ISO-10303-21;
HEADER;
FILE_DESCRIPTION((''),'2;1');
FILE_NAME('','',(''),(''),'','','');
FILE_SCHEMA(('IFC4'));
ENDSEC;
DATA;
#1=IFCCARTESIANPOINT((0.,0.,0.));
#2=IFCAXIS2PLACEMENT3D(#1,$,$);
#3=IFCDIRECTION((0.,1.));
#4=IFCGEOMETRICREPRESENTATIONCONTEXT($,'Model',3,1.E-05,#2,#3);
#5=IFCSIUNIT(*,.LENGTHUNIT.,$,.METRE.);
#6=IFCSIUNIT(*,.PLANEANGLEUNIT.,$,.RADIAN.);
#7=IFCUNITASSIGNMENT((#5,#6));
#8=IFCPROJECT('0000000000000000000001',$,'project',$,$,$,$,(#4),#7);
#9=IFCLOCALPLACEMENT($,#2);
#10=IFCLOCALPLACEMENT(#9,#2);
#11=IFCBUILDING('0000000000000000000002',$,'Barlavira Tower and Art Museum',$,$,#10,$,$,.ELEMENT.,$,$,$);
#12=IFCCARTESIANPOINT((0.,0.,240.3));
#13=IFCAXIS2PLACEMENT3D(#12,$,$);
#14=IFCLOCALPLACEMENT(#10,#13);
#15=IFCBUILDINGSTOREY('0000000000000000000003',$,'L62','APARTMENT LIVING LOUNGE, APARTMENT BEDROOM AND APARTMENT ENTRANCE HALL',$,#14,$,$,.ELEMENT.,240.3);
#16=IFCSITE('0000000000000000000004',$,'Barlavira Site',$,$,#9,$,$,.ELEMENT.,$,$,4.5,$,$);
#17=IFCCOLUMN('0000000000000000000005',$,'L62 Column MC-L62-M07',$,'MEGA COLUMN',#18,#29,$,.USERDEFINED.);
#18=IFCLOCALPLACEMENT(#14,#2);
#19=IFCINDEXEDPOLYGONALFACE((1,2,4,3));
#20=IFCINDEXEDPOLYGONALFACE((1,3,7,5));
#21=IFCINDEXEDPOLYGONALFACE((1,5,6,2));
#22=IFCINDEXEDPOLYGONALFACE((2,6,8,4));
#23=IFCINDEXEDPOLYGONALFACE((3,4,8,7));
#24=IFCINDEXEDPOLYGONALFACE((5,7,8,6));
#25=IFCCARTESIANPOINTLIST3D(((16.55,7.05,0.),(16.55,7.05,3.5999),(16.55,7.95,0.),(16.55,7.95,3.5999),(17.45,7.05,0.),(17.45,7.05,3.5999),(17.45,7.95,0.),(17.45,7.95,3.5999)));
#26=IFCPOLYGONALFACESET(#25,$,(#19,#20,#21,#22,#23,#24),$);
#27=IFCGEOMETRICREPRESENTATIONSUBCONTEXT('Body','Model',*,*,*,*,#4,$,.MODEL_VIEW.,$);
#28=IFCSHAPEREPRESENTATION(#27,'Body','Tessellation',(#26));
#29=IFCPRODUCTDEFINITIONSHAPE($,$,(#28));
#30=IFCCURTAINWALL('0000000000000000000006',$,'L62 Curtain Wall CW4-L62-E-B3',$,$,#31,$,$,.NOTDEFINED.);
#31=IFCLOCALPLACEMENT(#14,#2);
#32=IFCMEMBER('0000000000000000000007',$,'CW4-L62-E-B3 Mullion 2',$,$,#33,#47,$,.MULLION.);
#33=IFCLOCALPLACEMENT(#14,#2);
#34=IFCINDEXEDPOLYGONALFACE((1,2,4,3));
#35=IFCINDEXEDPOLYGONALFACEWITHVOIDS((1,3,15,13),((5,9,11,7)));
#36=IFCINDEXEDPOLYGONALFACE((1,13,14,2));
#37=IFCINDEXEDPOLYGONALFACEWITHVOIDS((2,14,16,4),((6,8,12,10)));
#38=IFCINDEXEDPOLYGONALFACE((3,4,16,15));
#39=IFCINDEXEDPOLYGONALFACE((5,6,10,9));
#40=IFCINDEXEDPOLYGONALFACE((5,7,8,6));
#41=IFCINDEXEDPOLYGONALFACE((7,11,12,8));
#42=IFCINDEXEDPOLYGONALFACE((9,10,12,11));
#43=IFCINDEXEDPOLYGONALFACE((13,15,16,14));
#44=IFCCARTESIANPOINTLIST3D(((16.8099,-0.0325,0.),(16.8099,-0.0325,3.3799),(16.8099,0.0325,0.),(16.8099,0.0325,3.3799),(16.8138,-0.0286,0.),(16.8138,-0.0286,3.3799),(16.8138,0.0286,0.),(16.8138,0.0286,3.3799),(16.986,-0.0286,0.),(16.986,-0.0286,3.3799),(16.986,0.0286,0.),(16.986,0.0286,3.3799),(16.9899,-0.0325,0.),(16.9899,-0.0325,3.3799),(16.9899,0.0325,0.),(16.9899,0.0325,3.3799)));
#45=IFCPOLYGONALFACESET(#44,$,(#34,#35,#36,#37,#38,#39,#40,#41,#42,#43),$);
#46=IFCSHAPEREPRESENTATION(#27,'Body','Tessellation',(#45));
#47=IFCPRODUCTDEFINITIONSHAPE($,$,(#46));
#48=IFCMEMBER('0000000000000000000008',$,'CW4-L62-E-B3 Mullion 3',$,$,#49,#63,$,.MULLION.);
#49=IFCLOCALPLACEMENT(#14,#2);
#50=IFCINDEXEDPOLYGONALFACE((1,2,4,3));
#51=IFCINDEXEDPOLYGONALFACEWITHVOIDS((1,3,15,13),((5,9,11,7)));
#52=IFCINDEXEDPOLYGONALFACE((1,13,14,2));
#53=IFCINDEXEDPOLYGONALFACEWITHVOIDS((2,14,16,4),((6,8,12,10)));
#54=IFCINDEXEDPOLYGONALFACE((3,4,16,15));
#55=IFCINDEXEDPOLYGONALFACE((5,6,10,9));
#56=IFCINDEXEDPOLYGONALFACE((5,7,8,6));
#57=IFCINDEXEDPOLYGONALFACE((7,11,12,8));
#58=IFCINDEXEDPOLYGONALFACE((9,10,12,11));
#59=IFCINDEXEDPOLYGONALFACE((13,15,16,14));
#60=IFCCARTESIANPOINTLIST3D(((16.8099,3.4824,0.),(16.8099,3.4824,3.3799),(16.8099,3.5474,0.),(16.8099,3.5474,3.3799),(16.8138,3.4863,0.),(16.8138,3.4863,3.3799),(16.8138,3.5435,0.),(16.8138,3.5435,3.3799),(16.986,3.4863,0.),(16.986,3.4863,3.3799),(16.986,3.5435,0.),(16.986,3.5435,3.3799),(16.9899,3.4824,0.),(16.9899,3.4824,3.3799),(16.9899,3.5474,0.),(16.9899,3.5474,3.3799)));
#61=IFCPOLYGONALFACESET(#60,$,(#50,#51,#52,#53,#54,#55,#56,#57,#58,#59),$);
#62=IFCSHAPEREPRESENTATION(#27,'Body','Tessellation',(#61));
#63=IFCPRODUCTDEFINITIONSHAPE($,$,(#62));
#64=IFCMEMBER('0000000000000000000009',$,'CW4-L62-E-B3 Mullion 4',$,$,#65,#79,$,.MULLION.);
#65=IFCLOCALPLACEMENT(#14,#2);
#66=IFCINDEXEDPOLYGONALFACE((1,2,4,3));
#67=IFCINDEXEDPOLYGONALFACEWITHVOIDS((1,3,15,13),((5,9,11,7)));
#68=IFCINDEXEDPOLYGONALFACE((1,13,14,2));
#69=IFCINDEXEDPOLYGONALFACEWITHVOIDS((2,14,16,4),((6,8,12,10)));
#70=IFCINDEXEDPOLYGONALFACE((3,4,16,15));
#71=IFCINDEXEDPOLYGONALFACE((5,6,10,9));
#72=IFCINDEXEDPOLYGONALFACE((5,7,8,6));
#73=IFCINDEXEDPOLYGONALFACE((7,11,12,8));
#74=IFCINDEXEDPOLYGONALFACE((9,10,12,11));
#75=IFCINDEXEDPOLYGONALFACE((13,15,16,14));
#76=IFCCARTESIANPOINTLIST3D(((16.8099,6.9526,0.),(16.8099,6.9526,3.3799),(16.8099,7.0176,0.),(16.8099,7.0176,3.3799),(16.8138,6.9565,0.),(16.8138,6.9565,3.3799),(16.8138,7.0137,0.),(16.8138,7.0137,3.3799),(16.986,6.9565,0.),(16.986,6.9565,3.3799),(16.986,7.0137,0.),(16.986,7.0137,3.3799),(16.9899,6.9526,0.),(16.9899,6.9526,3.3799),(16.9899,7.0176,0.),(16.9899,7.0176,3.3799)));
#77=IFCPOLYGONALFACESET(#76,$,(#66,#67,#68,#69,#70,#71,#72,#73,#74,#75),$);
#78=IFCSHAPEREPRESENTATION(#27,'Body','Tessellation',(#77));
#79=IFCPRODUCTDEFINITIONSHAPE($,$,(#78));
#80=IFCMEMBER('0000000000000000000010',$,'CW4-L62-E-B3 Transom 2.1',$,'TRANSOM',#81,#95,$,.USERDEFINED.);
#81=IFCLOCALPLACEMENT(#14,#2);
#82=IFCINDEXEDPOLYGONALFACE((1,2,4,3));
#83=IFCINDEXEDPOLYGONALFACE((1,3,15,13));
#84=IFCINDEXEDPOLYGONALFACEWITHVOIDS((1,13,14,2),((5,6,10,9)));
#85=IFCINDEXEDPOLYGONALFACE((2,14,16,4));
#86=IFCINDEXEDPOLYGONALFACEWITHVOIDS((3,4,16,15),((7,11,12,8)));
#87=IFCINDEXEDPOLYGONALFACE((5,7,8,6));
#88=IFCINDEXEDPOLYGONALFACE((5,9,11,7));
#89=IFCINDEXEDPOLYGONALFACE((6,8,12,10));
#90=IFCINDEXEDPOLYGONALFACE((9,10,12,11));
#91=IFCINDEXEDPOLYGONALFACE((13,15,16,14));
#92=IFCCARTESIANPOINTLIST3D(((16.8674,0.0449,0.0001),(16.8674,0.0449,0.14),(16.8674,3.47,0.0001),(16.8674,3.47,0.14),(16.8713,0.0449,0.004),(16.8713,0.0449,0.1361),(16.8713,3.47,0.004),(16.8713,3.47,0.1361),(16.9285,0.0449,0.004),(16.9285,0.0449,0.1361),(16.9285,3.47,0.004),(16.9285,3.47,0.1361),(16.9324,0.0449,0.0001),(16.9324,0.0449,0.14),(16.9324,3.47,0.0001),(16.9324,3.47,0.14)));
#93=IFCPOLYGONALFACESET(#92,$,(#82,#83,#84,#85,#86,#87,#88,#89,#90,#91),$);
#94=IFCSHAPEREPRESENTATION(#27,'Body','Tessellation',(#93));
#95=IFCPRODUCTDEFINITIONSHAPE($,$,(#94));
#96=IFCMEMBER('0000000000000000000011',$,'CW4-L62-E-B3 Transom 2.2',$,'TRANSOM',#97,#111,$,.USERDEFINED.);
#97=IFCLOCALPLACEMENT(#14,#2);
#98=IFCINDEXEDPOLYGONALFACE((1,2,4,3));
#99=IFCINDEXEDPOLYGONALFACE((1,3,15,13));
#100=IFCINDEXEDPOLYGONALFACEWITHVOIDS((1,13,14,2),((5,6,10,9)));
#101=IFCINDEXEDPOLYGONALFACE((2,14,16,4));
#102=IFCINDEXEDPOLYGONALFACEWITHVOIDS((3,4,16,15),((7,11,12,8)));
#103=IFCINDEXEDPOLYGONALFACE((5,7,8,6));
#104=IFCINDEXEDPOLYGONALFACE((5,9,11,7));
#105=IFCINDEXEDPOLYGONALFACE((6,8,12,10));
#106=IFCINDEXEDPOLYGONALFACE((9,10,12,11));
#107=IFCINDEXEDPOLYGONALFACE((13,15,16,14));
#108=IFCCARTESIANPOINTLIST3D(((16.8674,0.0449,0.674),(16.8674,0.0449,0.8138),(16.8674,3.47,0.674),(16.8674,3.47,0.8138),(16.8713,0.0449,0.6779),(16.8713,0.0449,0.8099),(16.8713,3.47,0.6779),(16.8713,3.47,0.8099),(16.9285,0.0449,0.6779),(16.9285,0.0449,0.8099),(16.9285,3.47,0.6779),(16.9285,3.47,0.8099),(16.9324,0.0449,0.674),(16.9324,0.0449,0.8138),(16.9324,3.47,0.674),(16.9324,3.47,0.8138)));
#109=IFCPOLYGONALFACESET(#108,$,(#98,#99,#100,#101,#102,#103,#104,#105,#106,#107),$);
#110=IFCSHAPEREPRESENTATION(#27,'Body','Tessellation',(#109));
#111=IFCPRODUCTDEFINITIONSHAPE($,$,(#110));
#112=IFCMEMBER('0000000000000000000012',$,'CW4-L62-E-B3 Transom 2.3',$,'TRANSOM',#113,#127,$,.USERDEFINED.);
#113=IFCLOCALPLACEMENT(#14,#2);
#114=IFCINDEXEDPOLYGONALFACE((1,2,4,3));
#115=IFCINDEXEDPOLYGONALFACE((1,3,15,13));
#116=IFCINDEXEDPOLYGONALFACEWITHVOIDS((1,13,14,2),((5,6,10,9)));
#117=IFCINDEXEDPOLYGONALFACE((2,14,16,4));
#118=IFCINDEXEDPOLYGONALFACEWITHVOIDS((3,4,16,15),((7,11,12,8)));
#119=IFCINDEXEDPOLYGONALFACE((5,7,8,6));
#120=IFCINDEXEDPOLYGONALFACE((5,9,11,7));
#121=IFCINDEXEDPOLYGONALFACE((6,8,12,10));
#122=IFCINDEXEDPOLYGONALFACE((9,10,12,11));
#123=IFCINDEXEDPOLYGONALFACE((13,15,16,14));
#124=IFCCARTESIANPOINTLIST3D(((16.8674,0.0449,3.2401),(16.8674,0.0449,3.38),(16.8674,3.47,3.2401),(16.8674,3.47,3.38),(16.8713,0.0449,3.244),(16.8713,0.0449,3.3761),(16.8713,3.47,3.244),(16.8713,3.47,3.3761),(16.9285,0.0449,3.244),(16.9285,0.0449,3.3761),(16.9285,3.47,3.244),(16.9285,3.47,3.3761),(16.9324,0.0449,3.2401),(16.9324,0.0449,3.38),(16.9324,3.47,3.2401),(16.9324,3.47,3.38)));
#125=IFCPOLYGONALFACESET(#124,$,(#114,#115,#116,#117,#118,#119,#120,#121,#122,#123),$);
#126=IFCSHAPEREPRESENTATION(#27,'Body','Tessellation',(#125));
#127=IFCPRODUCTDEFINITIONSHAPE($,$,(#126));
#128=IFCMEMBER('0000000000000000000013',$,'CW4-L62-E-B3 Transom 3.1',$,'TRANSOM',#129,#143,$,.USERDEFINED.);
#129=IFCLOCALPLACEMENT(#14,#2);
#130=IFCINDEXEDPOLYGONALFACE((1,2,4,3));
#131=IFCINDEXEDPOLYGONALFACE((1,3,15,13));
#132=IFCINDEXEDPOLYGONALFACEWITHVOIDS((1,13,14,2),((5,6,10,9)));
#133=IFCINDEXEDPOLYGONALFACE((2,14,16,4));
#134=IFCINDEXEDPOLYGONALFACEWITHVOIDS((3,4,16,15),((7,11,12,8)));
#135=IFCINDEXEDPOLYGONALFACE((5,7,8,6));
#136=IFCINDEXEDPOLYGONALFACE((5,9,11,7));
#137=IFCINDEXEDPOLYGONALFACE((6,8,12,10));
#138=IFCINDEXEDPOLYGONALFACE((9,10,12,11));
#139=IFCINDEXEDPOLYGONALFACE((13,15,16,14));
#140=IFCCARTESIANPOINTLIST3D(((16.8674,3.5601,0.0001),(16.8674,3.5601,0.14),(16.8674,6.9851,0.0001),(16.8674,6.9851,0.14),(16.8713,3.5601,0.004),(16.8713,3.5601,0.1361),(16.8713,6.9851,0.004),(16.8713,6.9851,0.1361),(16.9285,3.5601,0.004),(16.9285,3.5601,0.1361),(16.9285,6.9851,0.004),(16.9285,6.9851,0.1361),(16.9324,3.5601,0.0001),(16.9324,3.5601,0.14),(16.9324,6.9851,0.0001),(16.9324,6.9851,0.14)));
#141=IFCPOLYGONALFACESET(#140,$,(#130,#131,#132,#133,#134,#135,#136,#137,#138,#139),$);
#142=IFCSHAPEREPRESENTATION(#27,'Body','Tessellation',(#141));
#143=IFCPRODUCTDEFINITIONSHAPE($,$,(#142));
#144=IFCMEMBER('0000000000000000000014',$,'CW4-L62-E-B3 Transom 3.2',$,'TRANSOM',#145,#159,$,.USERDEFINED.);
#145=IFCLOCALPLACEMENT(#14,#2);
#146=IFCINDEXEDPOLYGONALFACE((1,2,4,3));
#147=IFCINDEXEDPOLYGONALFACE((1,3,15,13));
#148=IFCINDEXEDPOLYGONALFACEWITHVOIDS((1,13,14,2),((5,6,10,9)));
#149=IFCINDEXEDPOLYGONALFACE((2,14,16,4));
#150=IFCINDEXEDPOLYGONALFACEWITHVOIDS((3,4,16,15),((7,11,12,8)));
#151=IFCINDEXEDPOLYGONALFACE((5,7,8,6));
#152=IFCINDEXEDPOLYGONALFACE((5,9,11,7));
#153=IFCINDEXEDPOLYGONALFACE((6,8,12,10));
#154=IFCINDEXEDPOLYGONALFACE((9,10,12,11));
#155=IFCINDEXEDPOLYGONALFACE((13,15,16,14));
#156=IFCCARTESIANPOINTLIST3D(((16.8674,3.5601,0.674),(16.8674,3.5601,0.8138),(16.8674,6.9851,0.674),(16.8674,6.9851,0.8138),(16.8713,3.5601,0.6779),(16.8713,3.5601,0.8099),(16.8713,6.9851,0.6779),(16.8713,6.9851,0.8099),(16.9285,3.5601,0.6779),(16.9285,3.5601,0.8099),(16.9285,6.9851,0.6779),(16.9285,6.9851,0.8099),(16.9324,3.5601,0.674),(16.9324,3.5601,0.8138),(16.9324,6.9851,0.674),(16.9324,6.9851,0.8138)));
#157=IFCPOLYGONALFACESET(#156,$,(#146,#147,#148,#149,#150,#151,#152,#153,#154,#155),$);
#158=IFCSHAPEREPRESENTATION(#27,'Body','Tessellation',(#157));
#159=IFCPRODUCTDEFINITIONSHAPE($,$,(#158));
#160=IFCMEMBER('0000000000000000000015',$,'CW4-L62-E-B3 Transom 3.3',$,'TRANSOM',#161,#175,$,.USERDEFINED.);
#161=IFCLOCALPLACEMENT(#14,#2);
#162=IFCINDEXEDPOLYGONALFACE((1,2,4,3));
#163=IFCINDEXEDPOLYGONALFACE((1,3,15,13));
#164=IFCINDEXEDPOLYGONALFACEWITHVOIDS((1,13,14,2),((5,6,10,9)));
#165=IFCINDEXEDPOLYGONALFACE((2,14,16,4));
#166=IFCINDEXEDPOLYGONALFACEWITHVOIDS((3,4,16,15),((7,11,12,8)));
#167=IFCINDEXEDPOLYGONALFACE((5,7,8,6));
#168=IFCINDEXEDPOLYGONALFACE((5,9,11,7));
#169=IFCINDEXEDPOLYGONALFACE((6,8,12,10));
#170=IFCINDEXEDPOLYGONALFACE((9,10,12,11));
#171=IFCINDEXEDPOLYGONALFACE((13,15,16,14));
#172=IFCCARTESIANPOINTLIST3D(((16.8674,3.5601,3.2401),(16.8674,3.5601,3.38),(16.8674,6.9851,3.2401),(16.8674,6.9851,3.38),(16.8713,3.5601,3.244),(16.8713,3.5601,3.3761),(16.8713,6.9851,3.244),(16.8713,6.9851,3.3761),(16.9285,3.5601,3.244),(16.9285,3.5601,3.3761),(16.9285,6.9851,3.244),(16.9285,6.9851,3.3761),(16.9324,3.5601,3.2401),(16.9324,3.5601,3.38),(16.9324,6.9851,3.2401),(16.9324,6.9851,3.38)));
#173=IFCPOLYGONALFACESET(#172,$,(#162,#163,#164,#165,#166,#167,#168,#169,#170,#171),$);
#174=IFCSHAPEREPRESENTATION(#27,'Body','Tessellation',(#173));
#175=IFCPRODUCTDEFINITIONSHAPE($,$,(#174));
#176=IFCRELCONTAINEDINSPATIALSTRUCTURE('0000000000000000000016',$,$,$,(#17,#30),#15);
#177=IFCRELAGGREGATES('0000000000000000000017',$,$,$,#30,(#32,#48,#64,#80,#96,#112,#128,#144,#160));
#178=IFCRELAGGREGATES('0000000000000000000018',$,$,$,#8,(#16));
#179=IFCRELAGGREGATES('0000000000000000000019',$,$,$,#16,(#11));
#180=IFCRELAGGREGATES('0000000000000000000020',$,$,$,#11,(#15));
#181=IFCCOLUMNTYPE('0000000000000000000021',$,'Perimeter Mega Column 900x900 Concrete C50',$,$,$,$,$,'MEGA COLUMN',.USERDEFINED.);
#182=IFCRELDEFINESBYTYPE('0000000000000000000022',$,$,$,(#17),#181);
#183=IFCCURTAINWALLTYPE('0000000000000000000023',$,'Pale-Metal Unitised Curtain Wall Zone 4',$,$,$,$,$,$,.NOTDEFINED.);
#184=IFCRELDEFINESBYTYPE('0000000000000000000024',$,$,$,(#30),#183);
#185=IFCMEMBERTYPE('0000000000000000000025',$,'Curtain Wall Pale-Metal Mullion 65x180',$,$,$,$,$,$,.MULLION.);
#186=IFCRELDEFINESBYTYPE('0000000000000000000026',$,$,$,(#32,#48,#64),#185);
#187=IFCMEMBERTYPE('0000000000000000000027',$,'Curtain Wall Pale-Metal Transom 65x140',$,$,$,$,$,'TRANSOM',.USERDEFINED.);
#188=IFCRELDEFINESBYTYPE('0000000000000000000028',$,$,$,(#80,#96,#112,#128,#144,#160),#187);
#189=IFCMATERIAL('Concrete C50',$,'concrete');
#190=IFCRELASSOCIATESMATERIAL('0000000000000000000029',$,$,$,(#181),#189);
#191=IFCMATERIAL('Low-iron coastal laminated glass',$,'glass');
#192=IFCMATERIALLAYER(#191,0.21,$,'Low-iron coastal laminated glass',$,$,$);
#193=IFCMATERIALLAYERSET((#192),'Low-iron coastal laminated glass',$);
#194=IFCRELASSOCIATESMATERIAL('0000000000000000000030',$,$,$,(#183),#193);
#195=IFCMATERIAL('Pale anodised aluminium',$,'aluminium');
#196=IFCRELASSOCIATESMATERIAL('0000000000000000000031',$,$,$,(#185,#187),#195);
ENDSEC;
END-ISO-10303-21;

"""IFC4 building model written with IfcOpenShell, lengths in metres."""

from ifc_helpers import new_model, si_unit, direction, frame, origin, origin_2d, place, context, subcontext, project, spatial, rectangle, hollow_rectangle, extrude, material, layer, layer_set, material_profile, profile_set, type_object, element, aggregate, save


model = new_model("IFC4")

# Units and contexts
model_context = context("Model", 3, precision=1e-05, world=origin(), true_north=direction((0.0, 1.0)))
body_context = subcontext(model_context, "Body", "Model", "MODEL_VIEW")
ifc_project = project(units=[si_unit("LENGTHUNIT", "METRE"), si_unit("PLANEANGLEUNIT", "RADIAN")], contexts=[model_context])

# Site, building, storey
site_placement = place(None, origin())
site = spatial("IfcSite", under=ifc_project, at=site_placement, Name="Barlavira Site", CompositionType="ELEMENT", RefElevation=4.5)
building_placement = place(site_placement, origin())
building = spatial("IfcBuilding", under=site, at=building_placement, Name="Barlavira Tower and Art Museum", CompositionType="ELEMENT")
storey_placement = place(building_placement, frame((0.0, 0.0, 240.3)))
storey = spatial("IfcBuildingStorey", under=building, at=storey_placement, Name="L62", Description="APARTMENT LIVING LOUNGE, APARTMENT BEDROOM AND APARTMENT ENTRANCE HALL", CompositionType="ELEMENT", Elevation=240.3)

# Column
ifc_material_1 = material(Name="Concrete C50", Category="concrete")
ifc_material_profile_1 = material_profile(ifc_material_1, rectangle(XDim=0.8999, YDim=0.8999, at=origin_2d()), Name="RC-COL 900x900")
ifc_profile_set_1 = profile_set([ifc_material_profile_1], Name="Concrete C50")
column_type = type_object("IfcColumnType", Name="Perimeter Mega Column 900x900 Concrete C50", ElementType="MEGA COLUMN", PredefinedType="USERDEFINED", material=ifc_profile_set_1)
column_placement = place(storey_placement, frame((17.0, 7.5, 0.0), z_axis=(0.0, 0.0, 1.0), x_axis=(1.0, 0.0, 0.0)))
element("IfcColumn", 1, at=column_placement, inside=storey, type_object=column_type, Name="L62 Column MC-L62-M07", ObjectType="MEGA COLUMN", PredefinedType="USERDEFINED", context=body_context, shape_type="SweptSolid", body=[
    extrude(rectangle(XDim=0.8999, YDim=0.8999, at=origin_2d()), origin(), (0.0, 0.0, 1.0), 3.5999),
])

# Curtain wall, members
ifc_material_2 = material(Name="Low-iron coastal laminated glass", Category="glass")
ifc_layer_1 = layer(ifc_material_2, 0.21, Name="Low-iron coastal laminated glass")
ifc_layer_set_1 = layer_set([ifc_layer_1], Name="Low-iron coastal laminated glass")
curtain_wall_type = type_object("IfcCurtainWallType", Name="Pale-Metal Unitised Curtain Wall Zone 4", PredefinedType="NOTDEFINED", material=ifc_layer_set_1)
curtain_wall_placement = place(storey_placement, origin())
curtain_wall = element("IfcCurtainWall", 2, at=curtain_wall_placement, inside=storey, type_object=curtain_wall_type, Name="L62 Curtain Wall CW4-L62-E-B3", PredefinedType="NOTDEFINED")
ifc_material_3 = material(Name="Pale anodised aluminium", Category="aluminium")
ifc_material_profile_2 = material_profile(ifc_material_3, hollow_rectangle(XDim=0.0649, YDim=0.1799, WallThickness=0.0039, at=origin_2d()), Name="ALU-MULL 65x180x4")
ifc_profile_set_2 = profile_set([ifc_material_profile_2], Name="Pale anodised aluminium")
member_type_1 = type_object("IfcMemberType", Name="Curtain Wall Pale-Metal Mullion 65x180", PredefinedType="MULLION", material=ifc_profile_set_2)
member_1_placement = place(storey_placement, frame((16.8999, 0.0, 0.0), z_axis=(0.0, 0.0, 1.0), x_axis=(0.0, 1.0, 0.0)))
member_1 = element("IfcMember", 3, at=member_1_placement, type_object=member_type_1, Name="CW4-L62-E-B3 Mullion 2", PredefinedType="MULLION", context=body_context, shape_type="SweptSolid", body=[
    extrude(hollow_rectangle(XDim=0.0649, YDim=0.1799, WallThickness=0.0039, at=origin_2d()), origin(), (0.0, 0.0, 1.0), 3.3799),
])
member_2_placement = place(storey_placement, frame((16.8999, 3.5149, 0.0), z_axis=(0.0, 0.0, 1.0), x_axis=(0.0, 1.0, 0.0)))
member_2 = element("IfcMember", 4, at=member_2_placement, type_object=member_type_1, Name="CW4-L62-E-B3 Mullion 3", PredefinedType="MULLION", context=body_context, shape_type="SweptSolid", body=[
    extrude(hollow_rectangle(XDim=0.0649, YDim=0.1799, WallThickness=0.0039, at=origin_2d()), origin(), (0.0, 0.0, 1.0), 3.3799),
])
member_3_placement = place(storey_placement, frame((16.8999, 6.9851, 0.0), z_axis=(0.0, 0.0, 1.0), x_axis=(0.0, 1.0, 0.0)))
member_3 = element("IfcMember", 5, at=member_3_placement, type_object=member_type_1, Name="CW4-L62-E-B3 Mullion 4", PredefinedType="MULLION", context=body_context, shape_type="SweptSolid", body=[
    extrude(hollow_rectangle(XDim=0.0649, YDim=0.1799, WallThickness=0.0039, at=origin_2d()), origin(), (0.0, 0.0, 1.0), 3.3799),
])
ifc_material_profile_3 = material_profile(ifc_material_3, hollow_rectangle(XDim=0.0649, YDim=0.1399, WallThickness=0.0039, at=origin_2d()), Name="ALU-TRAN 65x140x4")
ifc_profile_set_3 = profile_set([ifc_material_profile_3], Name="Pale anodised aluminium")
member_type_2 = type_object("IfcMemberType", Name="Curtain Wall Pale-Metal Transom 65x140", ElementType="TRANSOM", PredefinedType="USERDEFINED", material=ifc_profile_set_3)
member_4_placement = place(storey_placement, frame((16.8999, 0.0449, 0.0701), z_axis=(0.0, 1.0, 0.0), x_axis=(-1.0, 0.0, 0.0)))
member_4 = element("IfcMember", 6, at=member_4_placement, type_object=member_type_2, Name="CW4-L62-E-B3 Transom 2.1", ObjectType="TRANSOM", PredefinedType="USERDEFINED", context=body_context, shape_type="SweptSolid", body=[
    extrude(hollow_rectangle(XDim=0.0649, YDim=0.1399, WallThickness=0.0039, at=origin_2d()), origin(), (0.0, 0.0, 1.0), 3.425),
])
member_5_placement = place(storey_placement, frame((16.8999, 0.0449, 0.7439), z_axis=(0.0, 1.0, 0.0), x_axis=(-1.0, 0.0, 0.0)))
member_5 = element("IfcMember", 7, at=member_5_placement, type_object=member_type_2, Name="CW4-L62-E-B3 Transom 2.2", ObjectType="TRANSOM", PredefinedType="USERDEFINED", context=body_context, shape_type="SweptSolid", body=[
    extrude(hollow_rectangle(XDim=0.0649, YDim=0.1399, WallThickness=0.0039, at=origin_2d()), origin(), (0.0, 0.0, 1.0), 3.425),
])
member_6_placement = place(storey_placement, frame((16.8999, 0.0449, 3.3101), z_axis=(0.0, 1.0, 0.0), x_axis=(-1.0, 0.0, 0.0)))
member_6 = element("IfcMember", 8, at=member_6_placement, type_object=member_type_2, Name="CW4-L62-E-B3 Transom 2.3", ObjectType="TRANSOM", PredefinedType="USERDEFINED", context=body_context, shape_type="SweptSolid", body=[
    extrude(hollow_rectangle(XDim=0.0649, YDim=0.1399, WallThickness=0.0039, at=origin_2d()), origin(), (0.0, 0.0, 1.0), 3.425),
])
member_7_placement = place(storey_placement, frame((16.8999, 3.5601, 0.0701), z_axis=(0.0, 1.0, 0.0), x_axis=(-1.0, 0.0, 0.0)))
member_7 = element("IfcMember", 9, at=member_7_placement, type_object=member_type_2, Name="CW4-L62-E-B3 Transom 3.1", ObjectType="TRANSOM", PredefinedType="USERDEFINED", context=body_context, shape_type="SweptSolid", body=[
    extrude(hollow_rectangle(XDim=0.0649, YDim=0.1399, WallThickness=0.0039, at=origin_2d()), origin(), (0.0, 0.0, 1.0), 3.425),
])
member_8_placement = place(storey_placement, frame((16.8999, 3.5601, 0.7439), z_axis=(0.0, 1.0, 0.0), x_axis=(-1.0, 0.0, 0.0)))
member_8 = element("IfcMember", 10, at=member_8_placement, type_object=member_type_2, Name="CW4-L62-E-B3 Transom 3.2", ObjectType="TRANSOM", PredefinedType="USERDEFINED", context=body_context, shape_type="SweptSolid", body=[
    extrude(hollow_rectangle(XDim=0.0649, YDim=0.1399, WallThickness=0.0039, at=origin_2d()), origin(), (0.0, 0.0, 1.0), 3.425),
])
member_9_placement = place(storey_placement, frame((16.8999, 3.5601, 3.3101), z_axis=(0.0, 1.0, 0.0), x_axis=(-1.0, 0.0, 0.0)))
member_9 = element("IfcMember", 11, at=member_9_placement, type_object=member_type_2, Name="CW4-L62-E-B3 Transom 3.3", ObjectType="TRANSOM", PredefinedType="USERDEFINED", context=body_context, shape_type="SweptSolid", body=[
    extrude(hollow_rectangle(XDim=0.0649, YDim=0.1399, WallThickness=0.0039, at=origin_2d()), origin(), (0.0, 0.0, 1.0), 3.425),
])

aggregate(curtain_wall, [member_1, member_2, member_3, member_4, member_5, member_6, member_7, member_8, member_9])

save(model, "model.ifc")
